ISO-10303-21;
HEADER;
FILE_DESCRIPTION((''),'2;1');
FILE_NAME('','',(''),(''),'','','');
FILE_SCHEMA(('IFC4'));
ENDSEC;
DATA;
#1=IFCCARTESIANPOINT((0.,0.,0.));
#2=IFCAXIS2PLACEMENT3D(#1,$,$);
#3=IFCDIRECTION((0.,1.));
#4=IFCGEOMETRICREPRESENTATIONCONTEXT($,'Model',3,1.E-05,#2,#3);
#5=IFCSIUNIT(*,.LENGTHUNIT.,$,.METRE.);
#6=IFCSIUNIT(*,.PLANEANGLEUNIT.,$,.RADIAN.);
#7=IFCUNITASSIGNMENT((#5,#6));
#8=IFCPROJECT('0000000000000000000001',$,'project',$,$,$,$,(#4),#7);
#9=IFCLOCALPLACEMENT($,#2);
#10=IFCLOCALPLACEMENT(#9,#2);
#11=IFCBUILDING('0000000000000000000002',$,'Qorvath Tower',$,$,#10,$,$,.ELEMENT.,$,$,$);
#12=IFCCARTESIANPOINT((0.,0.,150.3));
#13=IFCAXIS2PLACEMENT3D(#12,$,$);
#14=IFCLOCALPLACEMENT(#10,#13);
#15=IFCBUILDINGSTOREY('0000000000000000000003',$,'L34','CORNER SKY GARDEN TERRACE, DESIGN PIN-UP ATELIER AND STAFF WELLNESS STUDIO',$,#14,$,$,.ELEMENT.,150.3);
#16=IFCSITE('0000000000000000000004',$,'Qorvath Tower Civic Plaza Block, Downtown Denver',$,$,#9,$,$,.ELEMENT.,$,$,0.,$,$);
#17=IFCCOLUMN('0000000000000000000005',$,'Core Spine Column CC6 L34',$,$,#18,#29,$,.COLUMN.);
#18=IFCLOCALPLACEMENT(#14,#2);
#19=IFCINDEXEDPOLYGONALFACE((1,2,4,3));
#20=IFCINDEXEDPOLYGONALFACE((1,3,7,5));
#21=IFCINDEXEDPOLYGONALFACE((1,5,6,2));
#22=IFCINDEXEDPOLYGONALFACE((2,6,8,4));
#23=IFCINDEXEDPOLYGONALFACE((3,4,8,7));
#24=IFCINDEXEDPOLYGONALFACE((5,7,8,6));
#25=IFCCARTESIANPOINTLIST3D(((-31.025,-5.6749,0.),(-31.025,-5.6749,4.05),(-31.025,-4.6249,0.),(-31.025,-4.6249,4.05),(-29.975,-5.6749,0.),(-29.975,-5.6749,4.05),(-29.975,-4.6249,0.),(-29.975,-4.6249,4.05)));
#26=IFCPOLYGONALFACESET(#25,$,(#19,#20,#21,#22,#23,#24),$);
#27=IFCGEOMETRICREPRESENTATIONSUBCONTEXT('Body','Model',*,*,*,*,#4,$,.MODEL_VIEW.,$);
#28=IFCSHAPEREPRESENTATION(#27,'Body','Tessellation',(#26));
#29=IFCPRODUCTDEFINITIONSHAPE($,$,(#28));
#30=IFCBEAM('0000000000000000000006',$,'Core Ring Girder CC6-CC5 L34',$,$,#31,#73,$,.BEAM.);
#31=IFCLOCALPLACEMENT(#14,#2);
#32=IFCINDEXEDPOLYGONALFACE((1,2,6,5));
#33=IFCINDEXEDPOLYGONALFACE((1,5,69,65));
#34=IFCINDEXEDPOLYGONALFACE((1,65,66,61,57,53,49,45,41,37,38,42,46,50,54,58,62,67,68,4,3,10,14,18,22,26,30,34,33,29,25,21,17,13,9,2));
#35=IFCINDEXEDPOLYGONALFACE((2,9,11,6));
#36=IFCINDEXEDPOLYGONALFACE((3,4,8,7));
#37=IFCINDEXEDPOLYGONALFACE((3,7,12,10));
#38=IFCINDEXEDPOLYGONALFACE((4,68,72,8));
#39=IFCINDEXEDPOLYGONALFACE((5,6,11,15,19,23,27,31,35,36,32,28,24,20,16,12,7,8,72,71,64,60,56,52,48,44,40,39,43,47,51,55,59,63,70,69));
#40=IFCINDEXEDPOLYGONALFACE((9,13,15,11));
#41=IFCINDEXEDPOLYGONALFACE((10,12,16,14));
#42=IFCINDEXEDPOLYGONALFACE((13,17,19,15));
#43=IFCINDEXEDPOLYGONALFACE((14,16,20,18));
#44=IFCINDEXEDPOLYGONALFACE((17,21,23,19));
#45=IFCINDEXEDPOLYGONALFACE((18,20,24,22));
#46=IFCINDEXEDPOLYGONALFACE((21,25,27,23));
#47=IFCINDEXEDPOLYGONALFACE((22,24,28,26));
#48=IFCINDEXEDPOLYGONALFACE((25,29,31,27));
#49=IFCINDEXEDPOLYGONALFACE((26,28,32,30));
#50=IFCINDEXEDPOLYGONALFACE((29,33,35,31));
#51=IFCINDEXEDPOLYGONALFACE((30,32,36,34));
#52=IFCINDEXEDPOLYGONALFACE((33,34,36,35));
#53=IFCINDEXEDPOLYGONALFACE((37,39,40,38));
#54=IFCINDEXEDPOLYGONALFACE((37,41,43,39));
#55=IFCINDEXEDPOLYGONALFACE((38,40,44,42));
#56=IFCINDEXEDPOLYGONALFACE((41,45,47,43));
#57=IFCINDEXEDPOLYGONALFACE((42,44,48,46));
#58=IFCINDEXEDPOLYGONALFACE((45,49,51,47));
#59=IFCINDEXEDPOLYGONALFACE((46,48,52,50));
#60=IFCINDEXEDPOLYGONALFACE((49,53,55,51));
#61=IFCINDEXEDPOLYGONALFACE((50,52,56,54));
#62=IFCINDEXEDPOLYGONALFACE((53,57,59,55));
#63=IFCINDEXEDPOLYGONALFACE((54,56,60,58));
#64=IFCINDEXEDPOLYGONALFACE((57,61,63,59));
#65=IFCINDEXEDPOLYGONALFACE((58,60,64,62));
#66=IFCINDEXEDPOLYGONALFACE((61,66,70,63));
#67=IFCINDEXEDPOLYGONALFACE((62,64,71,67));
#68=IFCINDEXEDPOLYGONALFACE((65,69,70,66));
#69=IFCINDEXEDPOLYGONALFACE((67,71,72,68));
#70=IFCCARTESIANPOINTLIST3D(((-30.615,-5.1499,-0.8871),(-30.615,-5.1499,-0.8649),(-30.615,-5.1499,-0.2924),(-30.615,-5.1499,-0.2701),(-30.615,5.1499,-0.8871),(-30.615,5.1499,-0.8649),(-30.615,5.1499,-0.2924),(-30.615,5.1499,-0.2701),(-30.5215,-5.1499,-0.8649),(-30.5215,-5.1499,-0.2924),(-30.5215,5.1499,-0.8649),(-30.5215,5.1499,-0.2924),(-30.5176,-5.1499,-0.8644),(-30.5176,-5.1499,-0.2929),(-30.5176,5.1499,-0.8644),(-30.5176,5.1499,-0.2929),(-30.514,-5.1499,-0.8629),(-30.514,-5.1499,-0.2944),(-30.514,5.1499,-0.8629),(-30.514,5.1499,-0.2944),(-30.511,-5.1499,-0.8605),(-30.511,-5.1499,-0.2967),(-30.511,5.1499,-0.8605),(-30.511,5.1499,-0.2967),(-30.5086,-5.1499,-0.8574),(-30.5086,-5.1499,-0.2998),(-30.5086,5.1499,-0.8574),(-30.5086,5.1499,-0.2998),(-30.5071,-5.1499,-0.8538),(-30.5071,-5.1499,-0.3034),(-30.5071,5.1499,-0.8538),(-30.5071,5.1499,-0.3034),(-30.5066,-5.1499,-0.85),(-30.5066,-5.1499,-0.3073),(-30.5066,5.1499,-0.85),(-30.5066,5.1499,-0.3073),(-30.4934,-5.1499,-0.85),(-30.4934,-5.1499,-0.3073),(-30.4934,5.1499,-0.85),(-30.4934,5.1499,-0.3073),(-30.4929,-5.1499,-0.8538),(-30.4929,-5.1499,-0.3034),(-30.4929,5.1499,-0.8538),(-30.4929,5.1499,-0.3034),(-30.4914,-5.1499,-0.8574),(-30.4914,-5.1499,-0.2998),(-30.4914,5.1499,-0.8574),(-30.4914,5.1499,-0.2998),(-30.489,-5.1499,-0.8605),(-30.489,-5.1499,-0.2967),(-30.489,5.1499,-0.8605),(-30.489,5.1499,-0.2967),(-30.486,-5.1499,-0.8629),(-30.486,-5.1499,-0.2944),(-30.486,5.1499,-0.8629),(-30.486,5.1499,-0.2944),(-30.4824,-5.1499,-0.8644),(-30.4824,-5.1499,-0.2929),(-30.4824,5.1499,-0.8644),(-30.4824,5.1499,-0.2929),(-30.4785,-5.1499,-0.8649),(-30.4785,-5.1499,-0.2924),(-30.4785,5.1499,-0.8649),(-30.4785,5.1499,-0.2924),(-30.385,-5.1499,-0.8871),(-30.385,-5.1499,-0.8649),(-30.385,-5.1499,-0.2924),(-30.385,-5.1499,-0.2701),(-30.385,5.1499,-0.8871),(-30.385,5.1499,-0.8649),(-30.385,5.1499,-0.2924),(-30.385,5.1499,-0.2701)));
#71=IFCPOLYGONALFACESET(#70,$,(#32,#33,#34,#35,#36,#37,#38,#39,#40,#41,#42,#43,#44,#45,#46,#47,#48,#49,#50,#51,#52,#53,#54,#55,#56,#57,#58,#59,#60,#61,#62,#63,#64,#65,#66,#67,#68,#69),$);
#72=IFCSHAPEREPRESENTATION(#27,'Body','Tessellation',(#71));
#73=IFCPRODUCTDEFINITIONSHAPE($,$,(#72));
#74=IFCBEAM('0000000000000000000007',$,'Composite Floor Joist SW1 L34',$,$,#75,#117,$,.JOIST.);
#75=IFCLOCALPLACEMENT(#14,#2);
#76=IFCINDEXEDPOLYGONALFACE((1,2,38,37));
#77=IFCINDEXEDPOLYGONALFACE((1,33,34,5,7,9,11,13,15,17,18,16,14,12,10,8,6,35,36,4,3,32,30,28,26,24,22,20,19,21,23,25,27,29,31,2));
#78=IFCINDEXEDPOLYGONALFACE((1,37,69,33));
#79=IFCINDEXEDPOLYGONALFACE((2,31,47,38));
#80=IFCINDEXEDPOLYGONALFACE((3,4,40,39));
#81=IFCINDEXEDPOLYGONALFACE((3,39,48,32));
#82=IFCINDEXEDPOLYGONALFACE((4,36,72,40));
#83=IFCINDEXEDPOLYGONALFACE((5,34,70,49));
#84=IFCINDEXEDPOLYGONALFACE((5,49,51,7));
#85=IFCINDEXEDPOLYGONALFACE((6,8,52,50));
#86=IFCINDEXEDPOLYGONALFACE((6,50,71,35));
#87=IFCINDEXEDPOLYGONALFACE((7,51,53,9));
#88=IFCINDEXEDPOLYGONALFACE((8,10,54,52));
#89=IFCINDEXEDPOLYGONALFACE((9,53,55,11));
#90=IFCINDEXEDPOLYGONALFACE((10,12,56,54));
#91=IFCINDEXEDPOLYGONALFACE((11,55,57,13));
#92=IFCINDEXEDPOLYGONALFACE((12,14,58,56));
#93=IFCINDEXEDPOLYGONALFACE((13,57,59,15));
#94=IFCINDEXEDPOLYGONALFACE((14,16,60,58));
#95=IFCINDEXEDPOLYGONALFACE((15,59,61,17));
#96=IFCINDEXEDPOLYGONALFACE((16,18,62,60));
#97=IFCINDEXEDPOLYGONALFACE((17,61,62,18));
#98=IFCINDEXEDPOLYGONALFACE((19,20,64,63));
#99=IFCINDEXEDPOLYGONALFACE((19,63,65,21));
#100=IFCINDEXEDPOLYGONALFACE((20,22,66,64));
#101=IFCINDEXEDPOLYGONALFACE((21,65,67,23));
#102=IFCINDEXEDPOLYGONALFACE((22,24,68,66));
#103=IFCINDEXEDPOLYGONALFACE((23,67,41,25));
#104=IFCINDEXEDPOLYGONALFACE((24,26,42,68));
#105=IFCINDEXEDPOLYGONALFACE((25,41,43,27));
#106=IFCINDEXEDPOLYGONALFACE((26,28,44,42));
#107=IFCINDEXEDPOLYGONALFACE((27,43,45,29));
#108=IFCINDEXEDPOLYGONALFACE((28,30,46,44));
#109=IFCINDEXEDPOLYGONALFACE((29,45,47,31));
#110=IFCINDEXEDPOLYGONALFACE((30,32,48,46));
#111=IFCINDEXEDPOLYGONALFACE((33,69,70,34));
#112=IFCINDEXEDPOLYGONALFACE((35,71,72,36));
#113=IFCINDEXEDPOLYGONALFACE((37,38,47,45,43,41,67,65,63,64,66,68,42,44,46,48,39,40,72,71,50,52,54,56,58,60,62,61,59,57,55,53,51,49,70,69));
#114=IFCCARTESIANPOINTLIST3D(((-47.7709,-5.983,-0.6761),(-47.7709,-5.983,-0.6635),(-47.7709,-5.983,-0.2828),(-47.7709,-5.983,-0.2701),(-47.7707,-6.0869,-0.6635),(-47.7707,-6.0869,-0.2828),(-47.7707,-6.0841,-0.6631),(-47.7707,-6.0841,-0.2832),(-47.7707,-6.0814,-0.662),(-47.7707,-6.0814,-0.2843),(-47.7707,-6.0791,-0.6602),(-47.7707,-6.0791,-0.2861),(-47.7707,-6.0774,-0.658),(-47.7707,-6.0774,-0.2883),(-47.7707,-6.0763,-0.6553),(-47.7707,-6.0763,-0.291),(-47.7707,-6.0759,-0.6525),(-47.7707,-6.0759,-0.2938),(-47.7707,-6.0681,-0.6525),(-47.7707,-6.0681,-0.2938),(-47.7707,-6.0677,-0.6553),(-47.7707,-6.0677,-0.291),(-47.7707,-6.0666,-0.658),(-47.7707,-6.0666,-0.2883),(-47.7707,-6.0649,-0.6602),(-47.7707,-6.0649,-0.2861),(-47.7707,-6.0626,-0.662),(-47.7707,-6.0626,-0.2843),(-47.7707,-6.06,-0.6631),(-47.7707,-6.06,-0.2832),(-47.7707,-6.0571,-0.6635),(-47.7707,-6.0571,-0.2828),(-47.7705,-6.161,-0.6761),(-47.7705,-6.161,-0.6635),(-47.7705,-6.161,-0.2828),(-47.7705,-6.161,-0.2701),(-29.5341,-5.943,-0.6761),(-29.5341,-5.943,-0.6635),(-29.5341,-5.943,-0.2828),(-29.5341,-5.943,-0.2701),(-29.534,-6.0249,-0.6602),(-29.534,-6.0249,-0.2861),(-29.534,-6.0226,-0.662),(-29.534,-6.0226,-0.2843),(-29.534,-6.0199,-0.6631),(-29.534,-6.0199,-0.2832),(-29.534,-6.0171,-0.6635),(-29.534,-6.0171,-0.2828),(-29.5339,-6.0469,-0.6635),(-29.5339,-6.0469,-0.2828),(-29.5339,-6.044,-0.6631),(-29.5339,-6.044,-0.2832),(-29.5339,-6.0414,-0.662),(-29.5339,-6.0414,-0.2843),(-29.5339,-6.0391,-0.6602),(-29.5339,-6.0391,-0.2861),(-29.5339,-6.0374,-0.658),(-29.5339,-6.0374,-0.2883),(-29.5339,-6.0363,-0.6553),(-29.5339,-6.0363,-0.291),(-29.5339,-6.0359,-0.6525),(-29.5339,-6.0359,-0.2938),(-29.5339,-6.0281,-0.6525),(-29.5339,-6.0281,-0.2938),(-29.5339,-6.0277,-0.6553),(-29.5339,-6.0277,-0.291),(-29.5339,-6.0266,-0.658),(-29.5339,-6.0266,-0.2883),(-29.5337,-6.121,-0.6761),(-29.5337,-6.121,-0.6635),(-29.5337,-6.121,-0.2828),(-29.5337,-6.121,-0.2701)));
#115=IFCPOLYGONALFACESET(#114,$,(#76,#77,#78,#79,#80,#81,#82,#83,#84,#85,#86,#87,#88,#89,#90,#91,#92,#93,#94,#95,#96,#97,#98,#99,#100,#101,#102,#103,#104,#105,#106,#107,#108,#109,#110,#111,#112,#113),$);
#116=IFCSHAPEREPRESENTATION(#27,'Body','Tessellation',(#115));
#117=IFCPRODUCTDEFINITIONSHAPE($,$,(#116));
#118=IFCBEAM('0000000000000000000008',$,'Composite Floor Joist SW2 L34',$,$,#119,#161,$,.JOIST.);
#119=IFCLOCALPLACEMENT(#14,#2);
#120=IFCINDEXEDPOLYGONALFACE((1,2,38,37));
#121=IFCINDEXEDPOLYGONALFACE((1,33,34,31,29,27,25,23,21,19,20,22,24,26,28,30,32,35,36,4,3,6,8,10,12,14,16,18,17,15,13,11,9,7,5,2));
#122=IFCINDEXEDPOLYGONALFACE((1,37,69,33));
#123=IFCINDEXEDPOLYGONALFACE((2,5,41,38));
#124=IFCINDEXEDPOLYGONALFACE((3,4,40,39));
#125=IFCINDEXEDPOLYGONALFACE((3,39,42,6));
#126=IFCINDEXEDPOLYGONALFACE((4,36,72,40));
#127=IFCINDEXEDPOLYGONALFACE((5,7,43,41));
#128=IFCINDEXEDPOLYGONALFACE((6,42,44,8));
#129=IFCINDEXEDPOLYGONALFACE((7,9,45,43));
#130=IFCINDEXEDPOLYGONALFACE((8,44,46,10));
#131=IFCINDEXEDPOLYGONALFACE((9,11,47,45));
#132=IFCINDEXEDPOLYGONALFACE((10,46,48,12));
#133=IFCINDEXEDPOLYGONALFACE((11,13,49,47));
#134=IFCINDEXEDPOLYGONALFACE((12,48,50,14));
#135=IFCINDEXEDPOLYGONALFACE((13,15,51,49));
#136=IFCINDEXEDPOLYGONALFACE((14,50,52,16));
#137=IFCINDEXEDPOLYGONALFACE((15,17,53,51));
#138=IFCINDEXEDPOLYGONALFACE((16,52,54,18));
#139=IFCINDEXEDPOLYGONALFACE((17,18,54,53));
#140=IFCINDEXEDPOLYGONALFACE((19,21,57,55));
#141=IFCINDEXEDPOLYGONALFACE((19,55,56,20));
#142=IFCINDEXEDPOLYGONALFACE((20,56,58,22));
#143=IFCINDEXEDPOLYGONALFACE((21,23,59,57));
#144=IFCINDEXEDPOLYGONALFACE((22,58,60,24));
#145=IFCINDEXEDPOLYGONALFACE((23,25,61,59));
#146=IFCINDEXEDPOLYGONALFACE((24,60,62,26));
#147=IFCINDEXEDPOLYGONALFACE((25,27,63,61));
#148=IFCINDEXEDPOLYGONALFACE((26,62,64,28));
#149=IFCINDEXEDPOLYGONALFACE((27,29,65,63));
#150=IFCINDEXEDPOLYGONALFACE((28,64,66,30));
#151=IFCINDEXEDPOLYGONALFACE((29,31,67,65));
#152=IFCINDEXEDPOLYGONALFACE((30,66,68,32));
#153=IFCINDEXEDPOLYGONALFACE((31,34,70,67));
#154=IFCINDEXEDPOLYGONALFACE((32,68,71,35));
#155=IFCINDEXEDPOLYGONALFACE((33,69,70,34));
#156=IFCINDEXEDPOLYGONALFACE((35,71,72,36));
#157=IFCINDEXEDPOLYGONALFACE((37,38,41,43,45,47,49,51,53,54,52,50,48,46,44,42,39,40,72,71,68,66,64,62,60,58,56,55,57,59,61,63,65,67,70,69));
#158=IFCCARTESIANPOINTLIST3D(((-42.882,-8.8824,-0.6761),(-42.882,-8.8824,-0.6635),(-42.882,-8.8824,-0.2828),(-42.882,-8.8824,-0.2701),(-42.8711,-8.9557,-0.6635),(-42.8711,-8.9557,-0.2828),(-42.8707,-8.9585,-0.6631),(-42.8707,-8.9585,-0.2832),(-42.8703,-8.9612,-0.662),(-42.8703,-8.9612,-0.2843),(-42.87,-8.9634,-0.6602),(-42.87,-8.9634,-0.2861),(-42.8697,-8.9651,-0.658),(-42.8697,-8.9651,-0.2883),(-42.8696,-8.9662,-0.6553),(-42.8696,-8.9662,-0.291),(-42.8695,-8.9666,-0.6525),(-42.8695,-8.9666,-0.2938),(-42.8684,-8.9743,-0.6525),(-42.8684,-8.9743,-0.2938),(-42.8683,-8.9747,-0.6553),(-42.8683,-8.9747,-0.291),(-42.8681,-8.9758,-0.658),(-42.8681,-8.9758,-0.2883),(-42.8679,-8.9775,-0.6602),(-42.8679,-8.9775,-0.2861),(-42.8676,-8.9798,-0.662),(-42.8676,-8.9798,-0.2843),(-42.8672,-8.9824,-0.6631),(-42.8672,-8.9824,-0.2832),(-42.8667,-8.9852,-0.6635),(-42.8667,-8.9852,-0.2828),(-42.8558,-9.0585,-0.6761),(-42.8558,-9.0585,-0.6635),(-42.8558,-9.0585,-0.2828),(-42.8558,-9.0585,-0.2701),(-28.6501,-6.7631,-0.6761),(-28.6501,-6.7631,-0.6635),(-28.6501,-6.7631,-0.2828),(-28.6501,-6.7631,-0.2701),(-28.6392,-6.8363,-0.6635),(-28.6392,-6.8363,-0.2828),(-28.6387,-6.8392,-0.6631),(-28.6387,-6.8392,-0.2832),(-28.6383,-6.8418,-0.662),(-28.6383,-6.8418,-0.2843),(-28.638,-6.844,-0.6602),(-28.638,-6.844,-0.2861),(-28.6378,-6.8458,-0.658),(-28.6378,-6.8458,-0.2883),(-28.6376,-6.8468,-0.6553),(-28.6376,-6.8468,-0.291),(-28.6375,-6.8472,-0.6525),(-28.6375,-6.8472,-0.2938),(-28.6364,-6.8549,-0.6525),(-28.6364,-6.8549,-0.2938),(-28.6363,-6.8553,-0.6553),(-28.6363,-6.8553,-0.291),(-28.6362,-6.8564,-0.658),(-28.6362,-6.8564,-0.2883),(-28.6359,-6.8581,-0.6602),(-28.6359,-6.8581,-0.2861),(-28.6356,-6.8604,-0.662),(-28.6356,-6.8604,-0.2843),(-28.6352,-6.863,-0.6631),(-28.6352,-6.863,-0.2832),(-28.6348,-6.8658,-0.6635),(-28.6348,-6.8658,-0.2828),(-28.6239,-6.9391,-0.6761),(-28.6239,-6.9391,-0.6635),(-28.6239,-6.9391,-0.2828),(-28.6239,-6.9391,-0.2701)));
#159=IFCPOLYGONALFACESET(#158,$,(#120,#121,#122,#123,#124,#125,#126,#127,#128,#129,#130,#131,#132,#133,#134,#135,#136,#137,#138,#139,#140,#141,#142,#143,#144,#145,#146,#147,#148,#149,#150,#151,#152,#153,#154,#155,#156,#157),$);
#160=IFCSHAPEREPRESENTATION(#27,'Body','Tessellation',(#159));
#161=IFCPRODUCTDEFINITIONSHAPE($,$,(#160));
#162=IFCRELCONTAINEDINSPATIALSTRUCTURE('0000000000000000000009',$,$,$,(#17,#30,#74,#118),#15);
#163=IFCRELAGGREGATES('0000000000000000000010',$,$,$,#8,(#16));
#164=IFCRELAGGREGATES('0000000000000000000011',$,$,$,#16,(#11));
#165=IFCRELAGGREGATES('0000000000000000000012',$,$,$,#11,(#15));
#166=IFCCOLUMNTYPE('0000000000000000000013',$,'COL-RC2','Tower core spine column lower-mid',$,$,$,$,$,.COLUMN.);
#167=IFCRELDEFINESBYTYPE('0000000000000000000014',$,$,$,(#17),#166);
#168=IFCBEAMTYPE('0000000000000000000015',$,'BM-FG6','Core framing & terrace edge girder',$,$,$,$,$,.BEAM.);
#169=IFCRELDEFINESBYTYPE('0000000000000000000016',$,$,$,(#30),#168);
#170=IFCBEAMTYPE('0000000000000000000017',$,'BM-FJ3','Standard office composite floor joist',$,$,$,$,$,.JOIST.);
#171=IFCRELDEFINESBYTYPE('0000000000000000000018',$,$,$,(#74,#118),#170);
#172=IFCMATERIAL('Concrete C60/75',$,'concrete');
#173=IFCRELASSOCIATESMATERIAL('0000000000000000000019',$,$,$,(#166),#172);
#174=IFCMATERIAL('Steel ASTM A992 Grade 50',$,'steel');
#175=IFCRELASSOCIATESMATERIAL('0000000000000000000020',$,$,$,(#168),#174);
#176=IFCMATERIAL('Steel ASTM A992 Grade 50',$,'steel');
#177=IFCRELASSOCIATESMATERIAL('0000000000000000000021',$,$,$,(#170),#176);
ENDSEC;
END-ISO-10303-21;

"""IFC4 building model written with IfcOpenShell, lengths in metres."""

from ifc_helpers import new_model, si_unit, direction, frame, origin, origin_2d, place, context, subcontext, project, spatial, rectangle, i_section, extrude, material, material_profile, profile_set, type_object, element, save


model = new_model("IFC4")

# Units and contexts
model_context = context("Model", 3, precision=1e-05, world=origin(), true_north=direction((0.0, 1.0)))
body_context = subcontext(model_context, "Body", "Model", "MODEL_VIEW")
ifc_project = project(units=[si_unit("LENGTHUNIT", "METRE"), si_unit("PLANEANGLEUNIT", "RADIAN")], contexts=[model_context])

# Site, building, storey
site_placement = place(None, origin())
site = spatial("IfcSite", under=ifc_project, at=site_placement, Name="Qorvath Tower Civic Plaza Block, Downtown Denver", CompositionType="ELEMENT", RefElevation=0.0)
building_placement = place(site_placement, origin())
building = spatial("IfcBuilding", under=site, at=building_placement, Name="Qorvath Tower", CompositionType="ELEMENT")
storey_placement = place(building_placement, frame((0.0, 0.0, 150.3)))
storey = spatial("IfcBuildingStorey", under=building, at=storey_placement, Name="L34", Description="CORNER SKY GARDEN TERRACE, DESIGN PIN-UP ATELIER AND STAFF WELLNESS STUDIO", CompositionType="ELEMENT", Elevation=150.3)

# Column
ifc_material_1 = material(Name="Concrete C60/75", Category="concrete")
ifc_material_profile_1 = material_profile(ifc_material_1, rectangle(XDim=1.05, YDim=1.05, at=origin_2d()), Name="RC 1050x1050")
ifc_profile_set_1 = profile_set([ifc_material_profile_1], Name="Concrete C60/75")
column_type = type_object("IfcColumnType", Name="COL-RC2", Description="Tower core spine column lower-mid", PredefinedType="COLUMN", material=ifc_profile_set_1)
column_placement = place(storey_placement, frame((-30.5, -5.1499, 0.0), z_axis=(0.0, 0.0, 1.0), x_axis=(1.0, 0.0, 0.0)))
element("IfcColumn", 1, at=column_placement, inside=storey, type_object=column_type, Name="Core Spine Column CC6 L34", PredefinedType="COLUMN", context=body_context, shape_type="SweptSolid", body=[
    extrude(rectangle(XDim=1.05, YDim=1.05, at=origin_2d()), origin(), (0.0, 0.0, 1.0), 4.05),
])

# Beams
ifc_material_2 = material(Name="Steel ASTM A992 Grade 50", Category="steel")
ifc_material_profile_2 = material_profile(ifc_material_2, i_section(OverallWidth=0.23, OverallDepth=0.6169, WebThickness=0.0132, FlangeThickness=0.0222, FilletRadius=0.0149, at=origin_2d()), Name="W24x94")
ifc_profile_set_2 = profile_set([ifc_material_profile_2], Name="Steel ASTM A992 Grade 50")
beam_type_1 = type_object("IfcBeamType", Name="BM-FG6", Description="Core framing & terrace edge girder", PredefinedType="BEAM", material=ifc_profile_set_2)
beam_1_placement = place(storey_placement, frame((-30.5, -5.1499, -0.5786), z_axis=(0.0, 1.0, 0.0), x_axis=(-1.0, 0.0, 0.0)))
element("IfcBeam", 2, at=beam_1_placement, inside=storey, type_object=beam_type_1, Name="Core Ring Girder CC6-CC5 L34", PredefinedType="BEAM", context=body_context, shape_type="SweptSolid", body=[
    extrude(i_section(OverallWidth=0.23, OverallDepth=0.6169, WebThickness=0.0132, FlangeThickness=0.0222, FilletRadius=0.0149, at=origin_2d()), origin(), (0.0, 0.0, 1.0), 10.2998),
])
ifc_material_3 = material(Name="Steel ASTM A992 Grade 50", Category="steel")
ifc_material_profile_3 = material_profile(ifc_material_3, i_section(OverallWidth=0.178, OverallDepth=0.406, WebThickness=0.0078, FlangeThickness=0.0127, FilletRadius=0.011, at=origin_2d()), Name="W16x40")
ifc_profile_set_3 = profile_set([ifc_material_profile_3], Name="Steel ASTM A992 Grade 50")
beam_type_2 = type_object("IfcBeamType", Name="BM-FJ3", Description="Standard office composite floor joist", PredefinedType="JOIST", material=ifc_profile_set_3)
beam_2_placement = place(storey_placement, frame((-29.5339, -6.032, -0.4731), z_axis=(-0.999998, -0.002196, 0.0), x_axis=(0.002196, -0.999998, 0.0)))
element("IfcBeam", 3, at=beam_2_placement, inside=storey, type_object=beam_type_2, Name="Composite Floor Joist SW1 L34", PredefinedType="JOIST", context=body_context, shape_type="SweptSolid", body=[
    extrude(i_section(OverallWidth=0.178, OverallDepth=0.406, WebThickness=0.0078, FlangeThickness=0.0127, FilletRadius=0.011, at=origin_2d()), origin(), (0.0, 0.0, 1.0), 18.2368),
])
beam_3_placement = place(storey_placement, frame((-28.637, -6.8511, -0.4731), z_axis=(-0.989093, -0.147293, 0.0), x_axis=(0.147293, -0.989093, 0.0)))
element("IfcBeam", 4, at=beam_3_placement, inside=storey, type_object=beam_type_2, Name="Composite Floor Joist SW2 L34", PredefinedType="JOIST", context=body_context, shape_type="SweptSolid", body=[
    extrude(i_section(OverallWidth=0.178, OverallDepth=0.406, WebThickness=0.0078, FlangeThickness=0.0127, FilletRadius=0.011, at=origin_2d()), origin(), (0.0, 0.0, 1.0), 14.3889),
])

save(model, "model.ifc")
